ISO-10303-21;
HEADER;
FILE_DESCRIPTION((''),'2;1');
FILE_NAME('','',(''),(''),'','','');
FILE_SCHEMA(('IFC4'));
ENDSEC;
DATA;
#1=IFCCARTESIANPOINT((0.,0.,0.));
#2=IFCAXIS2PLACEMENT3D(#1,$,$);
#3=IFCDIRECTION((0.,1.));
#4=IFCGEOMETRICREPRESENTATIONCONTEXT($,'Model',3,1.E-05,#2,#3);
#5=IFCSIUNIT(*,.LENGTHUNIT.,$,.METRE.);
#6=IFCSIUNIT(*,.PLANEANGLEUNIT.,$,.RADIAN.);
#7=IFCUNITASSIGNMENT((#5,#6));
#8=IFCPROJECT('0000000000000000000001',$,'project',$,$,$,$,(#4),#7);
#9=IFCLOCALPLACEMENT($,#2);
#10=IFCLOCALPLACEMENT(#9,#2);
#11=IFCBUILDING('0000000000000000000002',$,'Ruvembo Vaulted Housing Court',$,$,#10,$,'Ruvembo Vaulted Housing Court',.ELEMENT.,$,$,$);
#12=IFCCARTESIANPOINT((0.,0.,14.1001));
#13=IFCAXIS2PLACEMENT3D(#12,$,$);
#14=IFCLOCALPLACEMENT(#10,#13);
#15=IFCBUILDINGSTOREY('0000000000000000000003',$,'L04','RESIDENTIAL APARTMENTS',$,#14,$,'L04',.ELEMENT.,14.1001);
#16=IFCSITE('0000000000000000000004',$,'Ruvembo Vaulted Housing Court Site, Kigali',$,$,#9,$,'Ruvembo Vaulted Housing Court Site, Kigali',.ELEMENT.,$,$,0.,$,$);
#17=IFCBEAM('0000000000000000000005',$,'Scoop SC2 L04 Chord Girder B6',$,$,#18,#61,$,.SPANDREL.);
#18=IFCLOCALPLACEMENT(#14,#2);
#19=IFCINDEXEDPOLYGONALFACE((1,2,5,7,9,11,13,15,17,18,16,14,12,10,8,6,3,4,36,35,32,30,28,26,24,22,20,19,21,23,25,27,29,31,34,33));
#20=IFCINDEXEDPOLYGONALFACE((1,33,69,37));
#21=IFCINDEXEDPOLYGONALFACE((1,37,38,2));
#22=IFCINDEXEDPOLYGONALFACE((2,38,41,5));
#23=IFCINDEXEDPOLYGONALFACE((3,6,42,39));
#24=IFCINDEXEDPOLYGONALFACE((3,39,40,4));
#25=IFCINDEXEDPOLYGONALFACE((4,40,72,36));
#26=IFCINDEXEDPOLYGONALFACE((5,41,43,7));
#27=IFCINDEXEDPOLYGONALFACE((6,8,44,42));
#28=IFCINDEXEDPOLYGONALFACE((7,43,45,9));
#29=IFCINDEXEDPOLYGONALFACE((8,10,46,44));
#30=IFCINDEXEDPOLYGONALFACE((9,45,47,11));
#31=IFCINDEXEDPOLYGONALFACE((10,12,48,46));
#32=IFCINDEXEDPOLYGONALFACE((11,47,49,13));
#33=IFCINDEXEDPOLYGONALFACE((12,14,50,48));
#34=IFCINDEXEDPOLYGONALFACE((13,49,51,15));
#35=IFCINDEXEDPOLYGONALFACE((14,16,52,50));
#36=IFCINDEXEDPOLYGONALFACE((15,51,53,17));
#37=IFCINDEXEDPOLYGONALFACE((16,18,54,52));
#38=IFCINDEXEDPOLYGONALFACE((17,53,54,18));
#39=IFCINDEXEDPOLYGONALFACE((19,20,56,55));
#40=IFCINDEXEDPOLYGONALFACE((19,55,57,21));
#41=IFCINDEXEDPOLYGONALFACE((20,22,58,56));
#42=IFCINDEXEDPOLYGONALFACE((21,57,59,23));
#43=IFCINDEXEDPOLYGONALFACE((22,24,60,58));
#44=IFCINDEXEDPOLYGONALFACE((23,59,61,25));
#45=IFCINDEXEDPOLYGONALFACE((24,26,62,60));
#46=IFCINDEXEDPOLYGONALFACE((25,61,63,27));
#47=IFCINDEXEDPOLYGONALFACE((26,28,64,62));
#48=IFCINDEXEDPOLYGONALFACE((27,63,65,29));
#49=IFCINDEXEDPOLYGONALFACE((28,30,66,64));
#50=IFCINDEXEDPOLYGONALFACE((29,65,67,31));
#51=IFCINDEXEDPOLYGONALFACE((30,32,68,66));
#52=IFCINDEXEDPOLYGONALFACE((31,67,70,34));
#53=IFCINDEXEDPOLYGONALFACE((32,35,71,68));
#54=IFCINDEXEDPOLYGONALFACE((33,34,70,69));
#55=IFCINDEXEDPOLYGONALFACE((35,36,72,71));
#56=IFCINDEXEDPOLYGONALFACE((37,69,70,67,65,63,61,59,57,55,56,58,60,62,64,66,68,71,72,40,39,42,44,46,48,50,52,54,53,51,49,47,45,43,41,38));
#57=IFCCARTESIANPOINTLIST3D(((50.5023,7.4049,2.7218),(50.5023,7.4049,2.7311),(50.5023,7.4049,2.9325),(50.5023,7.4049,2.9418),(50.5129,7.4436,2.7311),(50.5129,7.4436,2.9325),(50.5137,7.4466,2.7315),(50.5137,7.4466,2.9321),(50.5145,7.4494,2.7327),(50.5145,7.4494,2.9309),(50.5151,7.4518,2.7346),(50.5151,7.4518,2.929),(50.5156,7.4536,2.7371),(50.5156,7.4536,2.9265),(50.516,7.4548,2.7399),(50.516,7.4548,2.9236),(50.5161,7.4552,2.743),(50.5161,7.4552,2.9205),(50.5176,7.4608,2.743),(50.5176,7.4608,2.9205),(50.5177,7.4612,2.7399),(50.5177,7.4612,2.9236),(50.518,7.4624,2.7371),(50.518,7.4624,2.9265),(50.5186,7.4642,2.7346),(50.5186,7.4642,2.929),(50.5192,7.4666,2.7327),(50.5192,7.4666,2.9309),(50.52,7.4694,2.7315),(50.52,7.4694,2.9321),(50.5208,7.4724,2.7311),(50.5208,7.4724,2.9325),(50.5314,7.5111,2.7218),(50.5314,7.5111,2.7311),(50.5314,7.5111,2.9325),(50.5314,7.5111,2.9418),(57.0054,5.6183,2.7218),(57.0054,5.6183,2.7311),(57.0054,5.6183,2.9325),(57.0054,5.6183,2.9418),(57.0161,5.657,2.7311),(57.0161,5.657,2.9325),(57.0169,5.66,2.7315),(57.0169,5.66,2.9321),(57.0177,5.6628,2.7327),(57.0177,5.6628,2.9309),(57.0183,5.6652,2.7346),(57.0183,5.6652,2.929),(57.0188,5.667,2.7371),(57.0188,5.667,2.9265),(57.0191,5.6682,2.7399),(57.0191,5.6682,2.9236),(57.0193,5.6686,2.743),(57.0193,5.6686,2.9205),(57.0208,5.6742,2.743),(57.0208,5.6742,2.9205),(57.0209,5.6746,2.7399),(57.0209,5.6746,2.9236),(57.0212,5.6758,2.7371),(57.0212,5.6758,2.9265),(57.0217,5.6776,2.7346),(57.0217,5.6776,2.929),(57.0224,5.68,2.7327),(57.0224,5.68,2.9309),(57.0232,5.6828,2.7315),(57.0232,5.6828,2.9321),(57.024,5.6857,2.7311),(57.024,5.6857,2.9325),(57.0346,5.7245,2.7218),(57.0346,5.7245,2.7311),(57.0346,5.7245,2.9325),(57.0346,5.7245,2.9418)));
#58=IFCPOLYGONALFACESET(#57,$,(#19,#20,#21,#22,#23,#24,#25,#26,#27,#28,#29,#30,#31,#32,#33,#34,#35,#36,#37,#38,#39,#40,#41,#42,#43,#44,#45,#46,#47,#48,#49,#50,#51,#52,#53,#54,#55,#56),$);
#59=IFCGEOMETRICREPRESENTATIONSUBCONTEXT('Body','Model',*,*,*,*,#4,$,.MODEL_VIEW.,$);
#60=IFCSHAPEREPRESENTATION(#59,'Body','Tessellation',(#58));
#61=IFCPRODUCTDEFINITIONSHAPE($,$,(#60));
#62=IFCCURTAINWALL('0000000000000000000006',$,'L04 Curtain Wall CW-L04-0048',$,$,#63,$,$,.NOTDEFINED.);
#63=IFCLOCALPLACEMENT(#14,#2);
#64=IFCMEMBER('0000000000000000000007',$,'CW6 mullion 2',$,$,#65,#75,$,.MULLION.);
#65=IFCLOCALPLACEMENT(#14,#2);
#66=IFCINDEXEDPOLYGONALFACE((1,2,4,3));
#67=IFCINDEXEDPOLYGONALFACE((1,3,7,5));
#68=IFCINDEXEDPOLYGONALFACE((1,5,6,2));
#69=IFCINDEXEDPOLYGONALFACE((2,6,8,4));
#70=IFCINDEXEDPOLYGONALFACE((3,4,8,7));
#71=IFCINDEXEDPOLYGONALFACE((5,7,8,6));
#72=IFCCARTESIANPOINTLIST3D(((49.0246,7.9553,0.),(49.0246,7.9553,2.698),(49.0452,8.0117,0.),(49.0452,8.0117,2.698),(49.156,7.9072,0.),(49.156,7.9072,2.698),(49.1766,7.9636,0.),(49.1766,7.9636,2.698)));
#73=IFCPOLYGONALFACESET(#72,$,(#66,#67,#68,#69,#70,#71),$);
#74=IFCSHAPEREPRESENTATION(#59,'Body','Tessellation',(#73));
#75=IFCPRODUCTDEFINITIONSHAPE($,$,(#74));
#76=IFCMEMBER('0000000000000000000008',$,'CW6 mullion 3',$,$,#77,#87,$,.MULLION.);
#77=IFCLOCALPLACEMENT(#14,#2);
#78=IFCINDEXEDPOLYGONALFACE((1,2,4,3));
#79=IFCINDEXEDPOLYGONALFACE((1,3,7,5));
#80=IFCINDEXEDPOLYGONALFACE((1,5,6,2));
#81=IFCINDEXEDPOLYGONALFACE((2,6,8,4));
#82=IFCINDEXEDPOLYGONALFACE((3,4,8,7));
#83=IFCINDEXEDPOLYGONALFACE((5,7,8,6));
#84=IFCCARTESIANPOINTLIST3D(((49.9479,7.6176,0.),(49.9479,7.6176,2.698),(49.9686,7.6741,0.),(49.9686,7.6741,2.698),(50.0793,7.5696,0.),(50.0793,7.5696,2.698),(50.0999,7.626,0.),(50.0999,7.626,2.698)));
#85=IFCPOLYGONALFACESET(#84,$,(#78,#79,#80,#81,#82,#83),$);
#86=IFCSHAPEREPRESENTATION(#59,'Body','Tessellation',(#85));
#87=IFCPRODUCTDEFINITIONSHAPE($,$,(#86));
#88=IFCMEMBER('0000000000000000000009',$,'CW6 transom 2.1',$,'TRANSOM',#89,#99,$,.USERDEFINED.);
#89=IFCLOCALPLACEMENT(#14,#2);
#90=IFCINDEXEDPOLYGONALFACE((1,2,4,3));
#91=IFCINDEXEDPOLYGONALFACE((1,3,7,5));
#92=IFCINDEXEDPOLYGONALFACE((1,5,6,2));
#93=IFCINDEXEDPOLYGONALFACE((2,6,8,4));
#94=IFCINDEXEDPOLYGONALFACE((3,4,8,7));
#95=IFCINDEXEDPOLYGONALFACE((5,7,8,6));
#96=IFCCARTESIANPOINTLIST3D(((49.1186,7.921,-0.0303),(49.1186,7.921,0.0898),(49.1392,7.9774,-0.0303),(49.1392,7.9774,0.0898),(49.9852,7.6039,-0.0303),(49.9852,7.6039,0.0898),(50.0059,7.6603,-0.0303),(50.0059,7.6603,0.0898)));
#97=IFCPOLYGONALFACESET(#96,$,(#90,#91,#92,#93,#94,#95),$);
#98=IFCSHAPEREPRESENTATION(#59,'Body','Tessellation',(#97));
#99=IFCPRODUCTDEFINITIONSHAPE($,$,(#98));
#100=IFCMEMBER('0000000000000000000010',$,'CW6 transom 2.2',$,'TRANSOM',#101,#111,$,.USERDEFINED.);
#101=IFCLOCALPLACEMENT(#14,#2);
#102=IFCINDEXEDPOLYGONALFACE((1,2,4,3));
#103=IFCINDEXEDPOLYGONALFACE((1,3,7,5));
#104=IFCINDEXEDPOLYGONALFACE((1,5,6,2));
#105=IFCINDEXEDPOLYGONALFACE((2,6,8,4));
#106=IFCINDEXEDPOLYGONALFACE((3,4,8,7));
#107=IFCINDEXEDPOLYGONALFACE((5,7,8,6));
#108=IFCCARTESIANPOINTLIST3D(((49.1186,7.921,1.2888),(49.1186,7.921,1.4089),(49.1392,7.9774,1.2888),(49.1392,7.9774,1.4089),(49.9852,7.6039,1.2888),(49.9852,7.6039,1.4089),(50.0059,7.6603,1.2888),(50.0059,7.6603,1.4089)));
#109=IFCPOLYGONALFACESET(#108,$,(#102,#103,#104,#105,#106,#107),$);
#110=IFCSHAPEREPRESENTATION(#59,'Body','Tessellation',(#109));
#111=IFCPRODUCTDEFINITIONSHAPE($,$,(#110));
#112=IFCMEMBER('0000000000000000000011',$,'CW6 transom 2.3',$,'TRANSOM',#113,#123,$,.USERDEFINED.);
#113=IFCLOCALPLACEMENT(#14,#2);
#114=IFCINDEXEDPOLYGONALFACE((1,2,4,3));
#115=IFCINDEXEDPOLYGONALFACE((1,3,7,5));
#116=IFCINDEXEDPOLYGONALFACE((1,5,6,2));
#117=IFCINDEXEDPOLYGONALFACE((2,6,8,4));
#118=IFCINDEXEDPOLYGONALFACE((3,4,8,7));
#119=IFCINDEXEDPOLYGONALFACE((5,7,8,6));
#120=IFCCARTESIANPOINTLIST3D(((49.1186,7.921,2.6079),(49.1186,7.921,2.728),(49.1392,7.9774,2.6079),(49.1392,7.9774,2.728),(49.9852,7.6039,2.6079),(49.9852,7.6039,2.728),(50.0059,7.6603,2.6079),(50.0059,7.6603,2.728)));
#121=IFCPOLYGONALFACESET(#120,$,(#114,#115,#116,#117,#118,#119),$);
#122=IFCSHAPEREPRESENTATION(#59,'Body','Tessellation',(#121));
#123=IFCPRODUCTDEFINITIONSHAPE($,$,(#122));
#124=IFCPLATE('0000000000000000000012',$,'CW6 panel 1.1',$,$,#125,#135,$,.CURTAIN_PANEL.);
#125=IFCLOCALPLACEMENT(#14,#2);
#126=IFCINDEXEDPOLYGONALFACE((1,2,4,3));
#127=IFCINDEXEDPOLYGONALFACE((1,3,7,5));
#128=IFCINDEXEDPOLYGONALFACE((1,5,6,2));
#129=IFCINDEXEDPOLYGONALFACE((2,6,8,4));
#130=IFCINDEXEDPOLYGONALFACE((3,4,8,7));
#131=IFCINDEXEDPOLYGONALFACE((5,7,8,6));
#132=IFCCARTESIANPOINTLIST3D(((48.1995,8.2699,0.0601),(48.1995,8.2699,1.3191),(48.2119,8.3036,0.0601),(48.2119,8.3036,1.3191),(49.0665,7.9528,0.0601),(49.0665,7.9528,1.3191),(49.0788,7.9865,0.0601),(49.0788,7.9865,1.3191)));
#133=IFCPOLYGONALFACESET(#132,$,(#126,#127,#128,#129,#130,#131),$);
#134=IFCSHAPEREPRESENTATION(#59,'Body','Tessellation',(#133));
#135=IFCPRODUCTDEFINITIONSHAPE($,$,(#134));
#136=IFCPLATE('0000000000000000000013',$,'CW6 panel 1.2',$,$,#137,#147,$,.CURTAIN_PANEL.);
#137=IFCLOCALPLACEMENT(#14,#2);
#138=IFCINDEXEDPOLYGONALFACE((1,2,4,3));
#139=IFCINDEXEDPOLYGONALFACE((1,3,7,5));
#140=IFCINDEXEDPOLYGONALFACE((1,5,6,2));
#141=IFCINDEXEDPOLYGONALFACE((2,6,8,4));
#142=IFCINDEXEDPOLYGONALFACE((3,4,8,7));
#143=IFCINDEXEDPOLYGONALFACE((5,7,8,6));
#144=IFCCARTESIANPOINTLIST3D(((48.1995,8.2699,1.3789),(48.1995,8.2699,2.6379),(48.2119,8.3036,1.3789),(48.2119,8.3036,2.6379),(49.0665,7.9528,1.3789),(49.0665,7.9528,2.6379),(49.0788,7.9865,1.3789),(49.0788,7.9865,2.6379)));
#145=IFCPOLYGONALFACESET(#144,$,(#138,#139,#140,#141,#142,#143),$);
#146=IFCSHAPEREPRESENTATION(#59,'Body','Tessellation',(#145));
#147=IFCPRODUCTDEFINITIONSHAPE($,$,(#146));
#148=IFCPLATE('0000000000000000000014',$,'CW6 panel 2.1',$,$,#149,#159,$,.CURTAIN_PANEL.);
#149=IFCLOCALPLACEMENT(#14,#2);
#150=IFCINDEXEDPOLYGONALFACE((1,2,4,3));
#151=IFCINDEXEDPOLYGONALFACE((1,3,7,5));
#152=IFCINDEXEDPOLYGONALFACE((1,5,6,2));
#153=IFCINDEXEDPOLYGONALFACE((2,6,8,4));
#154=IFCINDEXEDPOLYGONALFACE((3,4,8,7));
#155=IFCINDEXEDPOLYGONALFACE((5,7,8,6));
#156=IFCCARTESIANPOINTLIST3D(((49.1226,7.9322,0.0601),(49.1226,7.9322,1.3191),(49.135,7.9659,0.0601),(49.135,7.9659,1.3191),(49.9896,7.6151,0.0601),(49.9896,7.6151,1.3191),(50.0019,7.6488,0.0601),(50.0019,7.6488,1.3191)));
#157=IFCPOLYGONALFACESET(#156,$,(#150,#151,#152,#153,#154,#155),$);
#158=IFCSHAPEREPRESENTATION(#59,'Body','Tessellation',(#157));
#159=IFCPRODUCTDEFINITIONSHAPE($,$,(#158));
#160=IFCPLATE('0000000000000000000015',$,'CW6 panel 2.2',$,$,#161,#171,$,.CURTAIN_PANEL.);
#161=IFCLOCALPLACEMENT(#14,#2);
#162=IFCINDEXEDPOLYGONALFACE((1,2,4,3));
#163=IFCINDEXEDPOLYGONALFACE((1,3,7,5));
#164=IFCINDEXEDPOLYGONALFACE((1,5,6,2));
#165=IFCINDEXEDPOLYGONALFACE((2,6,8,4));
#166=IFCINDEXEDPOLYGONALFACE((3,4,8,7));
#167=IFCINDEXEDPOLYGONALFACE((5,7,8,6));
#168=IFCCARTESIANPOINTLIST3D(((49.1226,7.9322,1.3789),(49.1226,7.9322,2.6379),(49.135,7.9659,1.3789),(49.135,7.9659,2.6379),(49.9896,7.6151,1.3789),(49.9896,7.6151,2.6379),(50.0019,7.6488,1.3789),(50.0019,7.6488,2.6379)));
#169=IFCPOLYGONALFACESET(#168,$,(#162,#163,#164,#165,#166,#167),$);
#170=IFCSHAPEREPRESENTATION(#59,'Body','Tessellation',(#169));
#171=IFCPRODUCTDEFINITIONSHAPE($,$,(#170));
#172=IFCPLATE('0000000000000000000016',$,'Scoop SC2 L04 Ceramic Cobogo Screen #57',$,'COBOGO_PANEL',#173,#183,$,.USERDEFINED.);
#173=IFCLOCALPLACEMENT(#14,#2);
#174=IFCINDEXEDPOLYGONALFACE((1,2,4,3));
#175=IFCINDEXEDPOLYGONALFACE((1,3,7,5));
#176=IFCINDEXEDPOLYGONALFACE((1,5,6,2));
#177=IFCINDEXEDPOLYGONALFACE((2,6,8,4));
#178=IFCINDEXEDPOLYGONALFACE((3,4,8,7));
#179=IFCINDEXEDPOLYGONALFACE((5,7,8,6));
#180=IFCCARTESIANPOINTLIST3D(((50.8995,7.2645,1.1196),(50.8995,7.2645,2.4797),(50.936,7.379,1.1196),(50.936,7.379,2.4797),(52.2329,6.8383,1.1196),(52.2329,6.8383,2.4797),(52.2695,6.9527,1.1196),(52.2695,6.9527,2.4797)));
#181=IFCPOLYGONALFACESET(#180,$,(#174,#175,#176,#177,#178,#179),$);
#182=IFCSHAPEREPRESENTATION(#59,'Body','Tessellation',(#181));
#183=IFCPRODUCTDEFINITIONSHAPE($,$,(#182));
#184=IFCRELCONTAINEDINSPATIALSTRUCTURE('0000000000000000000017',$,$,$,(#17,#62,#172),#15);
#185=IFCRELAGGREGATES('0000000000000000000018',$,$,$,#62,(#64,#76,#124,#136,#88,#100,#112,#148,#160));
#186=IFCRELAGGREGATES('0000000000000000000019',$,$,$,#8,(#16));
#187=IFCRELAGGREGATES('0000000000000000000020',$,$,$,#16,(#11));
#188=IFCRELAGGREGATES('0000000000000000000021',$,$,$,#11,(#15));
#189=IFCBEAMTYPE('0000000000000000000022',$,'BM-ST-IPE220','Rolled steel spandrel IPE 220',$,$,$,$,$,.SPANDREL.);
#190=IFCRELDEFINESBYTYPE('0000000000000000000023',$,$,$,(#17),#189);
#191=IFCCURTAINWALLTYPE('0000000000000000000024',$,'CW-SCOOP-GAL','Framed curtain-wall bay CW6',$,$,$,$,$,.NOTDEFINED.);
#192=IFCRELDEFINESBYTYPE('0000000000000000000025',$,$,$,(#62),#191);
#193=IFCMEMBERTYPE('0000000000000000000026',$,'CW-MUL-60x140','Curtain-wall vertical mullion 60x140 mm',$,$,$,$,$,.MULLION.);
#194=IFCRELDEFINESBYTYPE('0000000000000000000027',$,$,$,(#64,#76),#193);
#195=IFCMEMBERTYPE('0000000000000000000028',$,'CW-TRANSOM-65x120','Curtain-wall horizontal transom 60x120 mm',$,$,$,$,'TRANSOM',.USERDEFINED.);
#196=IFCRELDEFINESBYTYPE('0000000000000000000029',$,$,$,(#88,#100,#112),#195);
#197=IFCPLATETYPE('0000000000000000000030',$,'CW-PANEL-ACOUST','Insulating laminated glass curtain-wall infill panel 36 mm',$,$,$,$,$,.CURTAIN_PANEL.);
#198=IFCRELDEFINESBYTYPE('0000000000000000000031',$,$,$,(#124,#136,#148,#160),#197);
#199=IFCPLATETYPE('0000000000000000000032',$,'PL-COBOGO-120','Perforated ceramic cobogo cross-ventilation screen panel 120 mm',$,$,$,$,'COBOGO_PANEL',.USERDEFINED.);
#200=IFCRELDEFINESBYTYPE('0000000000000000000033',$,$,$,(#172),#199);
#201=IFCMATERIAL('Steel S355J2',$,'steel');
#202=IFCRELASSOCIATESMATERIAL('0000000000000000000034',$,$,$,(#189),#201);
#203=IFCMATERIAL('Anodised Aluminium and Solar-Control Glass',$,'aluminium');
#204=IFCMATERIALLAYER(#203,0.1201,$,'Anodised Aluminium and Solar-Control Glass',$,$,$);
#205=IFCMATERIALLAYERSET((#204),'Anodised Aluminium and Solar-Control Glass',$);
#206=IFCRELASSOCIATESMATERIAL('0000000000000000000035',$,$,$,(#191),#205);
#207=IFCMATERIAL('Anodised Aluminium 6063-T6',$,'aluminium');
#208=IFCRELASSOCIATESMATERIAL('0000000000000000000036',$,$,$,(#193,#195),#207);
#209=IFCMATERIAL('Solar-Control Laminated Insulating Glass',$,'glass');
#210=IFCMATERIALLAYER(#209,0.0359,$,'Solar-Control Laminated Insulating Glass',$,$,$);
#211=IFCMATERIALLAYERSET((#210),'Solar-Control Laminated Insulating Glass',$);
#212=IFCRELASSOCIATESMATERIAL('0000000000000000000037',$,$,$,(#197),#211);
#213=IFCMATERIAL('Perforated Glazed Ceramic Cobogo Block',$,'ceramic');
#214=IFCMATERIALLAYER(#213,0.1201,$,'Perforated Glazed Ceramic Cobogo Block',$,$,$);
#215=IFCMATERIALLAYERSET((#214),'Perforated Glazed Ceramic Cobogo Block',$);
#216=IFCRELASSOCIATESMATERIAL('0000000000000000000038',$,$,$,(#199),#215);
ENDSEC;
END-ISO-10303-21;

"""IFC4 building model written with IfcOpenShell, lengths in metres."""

from ifc_helpers import new_model, si_unit, direction, frame, origin, origin_2d, place, context, subcontext, project, spatial, rectangle, i_section, extrude, material, layer, layer_set, material_profile, profile_set, type_object, element, aggregate, save


model = new_model("IFC4")

# Units and contexts
model_context = context("Model", 3, precision=1e-05, world=origin(), true_north=direction((0.0, 1.0)))
body_context = subcontext(model_context, "Body", "Model", "MODEL_VIEW")
ifc_project = project(units=[si_unit("LENGTHUNIT", "METRE"), si_unit("PLANEANGLEUNIT", "RADIAN")], contexts=[model_context])

# Site, building, storey
site_placement = place(None, origin())
site = spatial("IfcSite", under=ifc_project, at=site_placement, Name="Ruvembo Vaulted Housing Court Site, Kigali", LongName="Ruvembo Vaulted Housing Court Site, Kigali", CompositionType="ELEMENT", RefElevation=0.0)
building_placement = place(site_placement, origin())
building = spatial("IfcBuilding", under=site, at=building_placement, Name="Ruvembo Vaulted Housing Court", LongName="Ruvembo Vaulted Housing Court", CompositionType="ELEMENT")
storey_placement = place(building_placement, frame((0.0, 0.0, 14.1001)))
storey = spatial("IfcBuildingStorey", under=building, at=storey_placement, Name="L04", Description="RESIDENTIAL APARTMENTS", LongName="L04", CompositionType="ELEMENT", Elevation=14.1001)

# Beam
ifc_material_1 = material(Name="Steel S355J2", Category="steel")
ifc_material_profile_1 = material_profile(ifc_material_1, i_section(OverallWidth=0.1101, OverallDepth=0.22, WebThickness=0.0059, FlangeThickness=0.0093, FilletRadius=0.012, at=origin_2d()), Name="IPE 220")
ifc_profile_set_1 = profile_set([ifc_material_profile_1], Name="Steel S355J2")
beam_type_1 = type_object("IfcBeamType", Name="BM-ST-IPE220", Description="Rolled steel spandrel IPE 220", PredefinedType="SPANDREL", material=ifc_profile_set_1)
beam_1_placement = place(storey_placement, frame((50.5168, 7.458, 2.8318), z_axis=(0.964272, -0.264915, 0.0), x_axis=(0.264915, 0.964272, 0.0)))
element("IfcBeam", 1, at=beam_1_placement, inside=storey, type_object=beam_type_1, Name="Scoop SC2 L04 Chord Girder B6", PredefinedType="SPANDREL", context=body_context, shape_type="SweptSolid", body=[
    extrude(i_section(OverallWidth=0.1101, OverallDepth=0.22, WebThickness=0.0059, FlangeThickness=0.0093, FilletRadius=0.012, at=origin_2d()), origin(), (0.0, 0.0, 1.0), 6.7441),
])

# Curtain wall, members, plates
ifc_material_2 = material(Name="Anodised Aluminium and Solar-Control Glass", Category="aluminium")
ifc_layer_1 = layer(ifc_material_2, 0.1201, Name="Anodised Aluminium and Solar-Control Glass")
ifc_layer_set_1 = layer_set([ifc_layer_1], Name="Anodised Aluminium and Solar-Control Glass")
curtain_wall_type = type_object("IfcCurtainWallType", Name="CW-SCOOP-GAL", Description="Framed curtain-wall bay CW6", PredefinedType="NOTDEFINED", material=ifc_layer_set_1)
curtain_wall_placement = place(storey_placement, origin())
curtain_wall = element("IfcCurtainWall", 2, at=curtain_wall_placement, inside=storey, type_object=curtain_wall_type, Name="L04 Curtain Wall CW-L04-0048", PredefinedType="NOTDEFINED")
ifc_material_3 = material(Name="Anodised Aluminium 6063-T6", Category="aluminium")
ifc_material_profile_2 = material_profile(ifc_material_3, rectangle(XDim=0.0601, YDim=0.1399, at=origin_2d()), Name="ALU 60x140")
ifc_profile_set_2 = profile_set([ifc_material_profile_2], Name="Anodised Aluminium 6063-T6")
member_type_1 = type_object("IfcMemberType", Name="CW-MUL-60x140", Description="Curtain-wall vertical mullion 60x140 mm", PredefinedType="MULLION", material=ifc_profile_set_2)
member_1_placement = place(storey_placement, frame((49.1006, 7.9595, 0.0), z_axis=(0.0, 0.0, 1.0), x_axis=(0.34349, 0.939156, 0.0)))
member_1 = element("IfcMember", 3, at=member_1_placement, type_object=member_type_1, Name="CW6 mullion 2", PredefinedType="MULLION", context=body_context, shape_type="SweptSolid", body=[
    extrude(rectangle(XDim=0.0601, YDim=0.1399, at=origin_2d()), origin(), (0.0, 0.0, 1.0), 2.698),
])
member_2_placement = place(storey_placement, frame((50.0239, 7.6218, 0.0), z_axis=(0.0, 0.0, 1.0), x_axis=(0.34349, 0.939156, 0.0)))
member_2 = element("IfcMember", 4, at=member_2_placement, type_object=member_type_1, Name="CW6 mullion 3", PredefinedType="MULLION", context=body_context, shape_type="SweptSolid", body=[
    extrude(rectangle(XDim=0.0601, YDim=0.1399, at=origin_2d()), origin(), (0.0, 0.0, 1.0), 2.698),
])
ifc_material_profile_3 = material_profile(ifc_material_3, rectangle(XDim=0.0601, YDim=0.1201, at=origin_2d()), Name="ALU 60x120")
ifc_profile_set_3 = profile_set([ifc_material_profile_3], Name="Anodised Aluminium 6063-T6")
member_type_2 = type_object("IfcMemberType", Name="CW-TRANSOM-65x120", Description="Curtain-wall horizontal transom 60x120 mm", ElementType="TRANSOM", PredefinedType="USERDEFINED", material=ifc_profile_set_3)
member_3_placement = place(storey_placement, frame((49.1289, 7.9492, 0.0298), z_axis=(0.939104, -0.343633, 0.0), x_axis=(0.343633, 0.939104, 0.0)))
member_3 = element("IfcMember", 5, at=member_3_placement, type_object=member_type_2, Name="CW6 transom 2.1", ObjectType="TRANSOM", PredefinedType="USERDEFINED", context=body_context, shape_type="SweptSolid", body=[
    extrude(rectangle(XDim=0.0601, YDim=0.1201, at=origin_2d()), origin(), (0.0, 0.0, 1.0), 0.9229),
])
member_4_placement = place(storey_placement, frame((49.1289, 7.9492, 1.3489), z_axis=(0.939104, -0.343633, 0.0), x_axis=(0.343633, 0.939104, 0.0)))
member_4 = element("IfcMember", 6, at=member_4_placement, type_object=member_type_2, Name="CW6 transom 2.2", ObjectType="TRANSOM", PredefinedType="USERDEFINED", context=body_context, shape_type="SweptSolid", body=[
    extrude(rectangle(XDim=0.0601, YDim=0.1201, at=origin_2d()), origin(), (0.0, 0.0, 1.0), 0.9229),
])
member_5_placement = place(storey_placement, frame((49.1289, 7.9492, 2.668), z_axis=(0.939104, -0.343633, 0.0), x_axis=(0.343633, 0.939104, 0.0)))
member_5 = element("IfcMember", 7, at=member_5_placement, type_object=member_type_2, Name="CW6 transom 2.3", ObjectType="TRANSOM", PredefinedType="USERDEFINED", context=body_context, shape_type="SweptSolid", body=[
    extrude(rectangle(XDim=0.0601, YDim=0.1201, at=origin_2d()), origin(), (0.0, 0.0, 1.0), 0.9229),
])
ifc_material_4 = material(Name="Solar-Control Laminated Insulating Glass", Category="glass")
ifc_layer_2 = layer(ifc_material_4, 0.0359, Name="Solar-Control Laminated Insulating Glass")
ifc_layer_set_2 = layer_set([ifc_layer_2], Name="Solar-Control Laminated Insulating Glass")
plate_type_1 = type_object("IfcPlateType", Name="CW-PANEL-ACOUST", Description="Insulating laminated glass curtain-wall infill panel 36 mm", PredefinedType="CURTAIN_PANEL", material=ifc_layer_set_2)
plate_1_placement = place(storey_placement, frame((48.6392, 8.1282, 0.0601), z_axis=(0.0, 0.0, 1.0), x_axis=(0.939156, -0.34349, 0.0)))
plate_1 = element("IfcPlate", 8, at=plate_1_placement, type_object=plate_type_1, Name="CW6 panel 1.1", PredefinedType="CURTAIN_PANEL", context=body_context, shape_type="SweptSolid", body=[
    extrude(rectangle(XDim=0.9231, YDim=0.0359, at=origin_2d()), origin(), (0.0, 0.0, 1.0), 1.259),
])
plate_2_placement = place(storey_placement, frame((48.6392, 8.1282, 1.3789), z_axis=(0.0, 0.0, 1.0), x_axis=(0.939156, -0.34349, 0.0)))
plate_2 = element("IfcPlate", 9, at=plate_2_placement, type_object=plate_type_1, Name="CW6 panel 1.2", PredefinedType="CURTAIN_PANEL", context=body_context, shape_type="SweptSolid", body=[
    extrude(rectangle(XDim=0.9231, YDim=0.0359, at=origin_2d()), origin(), (0.0, 0.0, 1.0), 1.259),
])
plate_3_placement = place(storey_placement, frame((49.5623, 7.7905, 0.0601), z_axis=(0.0, 0.0, 1.0), x_axis=(0.939156, -0.34349, 0.0)))
plate_3 = element("IfcPlate", 10, at=plate_3_placement, type_object=plate_type_1, Name="CW6 panel 2.1", PredefinedType="CURTAIN_PANEL", context=body_context, shape_type="SweptSolid", body=[
    extrude(rectangle(XDim=0.9231, YDim=0.0359, at=origin_2d()), origin(), (0.0, 0.0, 1.0), 1.259),
])
plate_4_placement = place(storey_placement, frame((49.5623, 7.7905, 1.3789), z_axis=(0.0, 0.0, 1.0), x_axis=(0.939156, -0.34349, 0.0)))
plate_4 = element("IfcPlate", 11, at=plate_4_placement, type_object=plate_type_1, Name="CW6 panel 2.2", PredefinedType="CURTAIN_PANEL", context=body_context, shape_type="SweptSolid", body=[
    extrude(rectangle(XDim=0.9231, YDim=0.0359, at=origin_2d()), origin(), (0.0, 0.0, 1.0), 1.259),
])
aggregate(curtain_wall, [member_1, member_2, plate_1, plate_2, member_3, member_4, member_5, plate_3, plate_4])

# Plate
ifc_material_5 = material(Name="Perforated Glazed Ceramic Cobogo Block", Category="ceramic")
ifc_layer_3 = layer(ifc_material_5, 0.1201, Name="Perforated Glazed Ceramic Cobogo Block")
ifc_layer_set_3 = layer_set([ifc_layer_3], Name="Perforated Glazed Ceramic Cobogo Block")
plate_type_2 = type_object("IfcPlateType", Name="PL-COBOGO-120", Description="Perforated ceramic cobogo cross-ventilation screen panel 120 mm", ElementType="COBOGO_PANEL", PredefinedType="USERDEFINED", material=ifc_layer_set_3)
plate_5_placement = place(storey_placement, frame((51.5845, 7.1086, 1.1196), z_axis=(0.0, 0.0, 1.0), x_axis=(0.952523, -0.304465, 0.0)))
element("IfcPlate", 12, at=plate_5_placement, inside=storey, type_object=plate_type_2, Name="Scoop SC2 L04 Ceramic Cobogo Screen #57", ObjectType="COBOGO_PANEL", PredefinedType="USERDEFINED", context=body_context, shape_type="SweptSolid", body=[
    extrude(rectangle(XDim=1.3999, YDim=0.1201, at=origin_2d()), origin(), (0.0, 0.0, 1.0), 1.3601),
])

save(model, "model.ifc")
